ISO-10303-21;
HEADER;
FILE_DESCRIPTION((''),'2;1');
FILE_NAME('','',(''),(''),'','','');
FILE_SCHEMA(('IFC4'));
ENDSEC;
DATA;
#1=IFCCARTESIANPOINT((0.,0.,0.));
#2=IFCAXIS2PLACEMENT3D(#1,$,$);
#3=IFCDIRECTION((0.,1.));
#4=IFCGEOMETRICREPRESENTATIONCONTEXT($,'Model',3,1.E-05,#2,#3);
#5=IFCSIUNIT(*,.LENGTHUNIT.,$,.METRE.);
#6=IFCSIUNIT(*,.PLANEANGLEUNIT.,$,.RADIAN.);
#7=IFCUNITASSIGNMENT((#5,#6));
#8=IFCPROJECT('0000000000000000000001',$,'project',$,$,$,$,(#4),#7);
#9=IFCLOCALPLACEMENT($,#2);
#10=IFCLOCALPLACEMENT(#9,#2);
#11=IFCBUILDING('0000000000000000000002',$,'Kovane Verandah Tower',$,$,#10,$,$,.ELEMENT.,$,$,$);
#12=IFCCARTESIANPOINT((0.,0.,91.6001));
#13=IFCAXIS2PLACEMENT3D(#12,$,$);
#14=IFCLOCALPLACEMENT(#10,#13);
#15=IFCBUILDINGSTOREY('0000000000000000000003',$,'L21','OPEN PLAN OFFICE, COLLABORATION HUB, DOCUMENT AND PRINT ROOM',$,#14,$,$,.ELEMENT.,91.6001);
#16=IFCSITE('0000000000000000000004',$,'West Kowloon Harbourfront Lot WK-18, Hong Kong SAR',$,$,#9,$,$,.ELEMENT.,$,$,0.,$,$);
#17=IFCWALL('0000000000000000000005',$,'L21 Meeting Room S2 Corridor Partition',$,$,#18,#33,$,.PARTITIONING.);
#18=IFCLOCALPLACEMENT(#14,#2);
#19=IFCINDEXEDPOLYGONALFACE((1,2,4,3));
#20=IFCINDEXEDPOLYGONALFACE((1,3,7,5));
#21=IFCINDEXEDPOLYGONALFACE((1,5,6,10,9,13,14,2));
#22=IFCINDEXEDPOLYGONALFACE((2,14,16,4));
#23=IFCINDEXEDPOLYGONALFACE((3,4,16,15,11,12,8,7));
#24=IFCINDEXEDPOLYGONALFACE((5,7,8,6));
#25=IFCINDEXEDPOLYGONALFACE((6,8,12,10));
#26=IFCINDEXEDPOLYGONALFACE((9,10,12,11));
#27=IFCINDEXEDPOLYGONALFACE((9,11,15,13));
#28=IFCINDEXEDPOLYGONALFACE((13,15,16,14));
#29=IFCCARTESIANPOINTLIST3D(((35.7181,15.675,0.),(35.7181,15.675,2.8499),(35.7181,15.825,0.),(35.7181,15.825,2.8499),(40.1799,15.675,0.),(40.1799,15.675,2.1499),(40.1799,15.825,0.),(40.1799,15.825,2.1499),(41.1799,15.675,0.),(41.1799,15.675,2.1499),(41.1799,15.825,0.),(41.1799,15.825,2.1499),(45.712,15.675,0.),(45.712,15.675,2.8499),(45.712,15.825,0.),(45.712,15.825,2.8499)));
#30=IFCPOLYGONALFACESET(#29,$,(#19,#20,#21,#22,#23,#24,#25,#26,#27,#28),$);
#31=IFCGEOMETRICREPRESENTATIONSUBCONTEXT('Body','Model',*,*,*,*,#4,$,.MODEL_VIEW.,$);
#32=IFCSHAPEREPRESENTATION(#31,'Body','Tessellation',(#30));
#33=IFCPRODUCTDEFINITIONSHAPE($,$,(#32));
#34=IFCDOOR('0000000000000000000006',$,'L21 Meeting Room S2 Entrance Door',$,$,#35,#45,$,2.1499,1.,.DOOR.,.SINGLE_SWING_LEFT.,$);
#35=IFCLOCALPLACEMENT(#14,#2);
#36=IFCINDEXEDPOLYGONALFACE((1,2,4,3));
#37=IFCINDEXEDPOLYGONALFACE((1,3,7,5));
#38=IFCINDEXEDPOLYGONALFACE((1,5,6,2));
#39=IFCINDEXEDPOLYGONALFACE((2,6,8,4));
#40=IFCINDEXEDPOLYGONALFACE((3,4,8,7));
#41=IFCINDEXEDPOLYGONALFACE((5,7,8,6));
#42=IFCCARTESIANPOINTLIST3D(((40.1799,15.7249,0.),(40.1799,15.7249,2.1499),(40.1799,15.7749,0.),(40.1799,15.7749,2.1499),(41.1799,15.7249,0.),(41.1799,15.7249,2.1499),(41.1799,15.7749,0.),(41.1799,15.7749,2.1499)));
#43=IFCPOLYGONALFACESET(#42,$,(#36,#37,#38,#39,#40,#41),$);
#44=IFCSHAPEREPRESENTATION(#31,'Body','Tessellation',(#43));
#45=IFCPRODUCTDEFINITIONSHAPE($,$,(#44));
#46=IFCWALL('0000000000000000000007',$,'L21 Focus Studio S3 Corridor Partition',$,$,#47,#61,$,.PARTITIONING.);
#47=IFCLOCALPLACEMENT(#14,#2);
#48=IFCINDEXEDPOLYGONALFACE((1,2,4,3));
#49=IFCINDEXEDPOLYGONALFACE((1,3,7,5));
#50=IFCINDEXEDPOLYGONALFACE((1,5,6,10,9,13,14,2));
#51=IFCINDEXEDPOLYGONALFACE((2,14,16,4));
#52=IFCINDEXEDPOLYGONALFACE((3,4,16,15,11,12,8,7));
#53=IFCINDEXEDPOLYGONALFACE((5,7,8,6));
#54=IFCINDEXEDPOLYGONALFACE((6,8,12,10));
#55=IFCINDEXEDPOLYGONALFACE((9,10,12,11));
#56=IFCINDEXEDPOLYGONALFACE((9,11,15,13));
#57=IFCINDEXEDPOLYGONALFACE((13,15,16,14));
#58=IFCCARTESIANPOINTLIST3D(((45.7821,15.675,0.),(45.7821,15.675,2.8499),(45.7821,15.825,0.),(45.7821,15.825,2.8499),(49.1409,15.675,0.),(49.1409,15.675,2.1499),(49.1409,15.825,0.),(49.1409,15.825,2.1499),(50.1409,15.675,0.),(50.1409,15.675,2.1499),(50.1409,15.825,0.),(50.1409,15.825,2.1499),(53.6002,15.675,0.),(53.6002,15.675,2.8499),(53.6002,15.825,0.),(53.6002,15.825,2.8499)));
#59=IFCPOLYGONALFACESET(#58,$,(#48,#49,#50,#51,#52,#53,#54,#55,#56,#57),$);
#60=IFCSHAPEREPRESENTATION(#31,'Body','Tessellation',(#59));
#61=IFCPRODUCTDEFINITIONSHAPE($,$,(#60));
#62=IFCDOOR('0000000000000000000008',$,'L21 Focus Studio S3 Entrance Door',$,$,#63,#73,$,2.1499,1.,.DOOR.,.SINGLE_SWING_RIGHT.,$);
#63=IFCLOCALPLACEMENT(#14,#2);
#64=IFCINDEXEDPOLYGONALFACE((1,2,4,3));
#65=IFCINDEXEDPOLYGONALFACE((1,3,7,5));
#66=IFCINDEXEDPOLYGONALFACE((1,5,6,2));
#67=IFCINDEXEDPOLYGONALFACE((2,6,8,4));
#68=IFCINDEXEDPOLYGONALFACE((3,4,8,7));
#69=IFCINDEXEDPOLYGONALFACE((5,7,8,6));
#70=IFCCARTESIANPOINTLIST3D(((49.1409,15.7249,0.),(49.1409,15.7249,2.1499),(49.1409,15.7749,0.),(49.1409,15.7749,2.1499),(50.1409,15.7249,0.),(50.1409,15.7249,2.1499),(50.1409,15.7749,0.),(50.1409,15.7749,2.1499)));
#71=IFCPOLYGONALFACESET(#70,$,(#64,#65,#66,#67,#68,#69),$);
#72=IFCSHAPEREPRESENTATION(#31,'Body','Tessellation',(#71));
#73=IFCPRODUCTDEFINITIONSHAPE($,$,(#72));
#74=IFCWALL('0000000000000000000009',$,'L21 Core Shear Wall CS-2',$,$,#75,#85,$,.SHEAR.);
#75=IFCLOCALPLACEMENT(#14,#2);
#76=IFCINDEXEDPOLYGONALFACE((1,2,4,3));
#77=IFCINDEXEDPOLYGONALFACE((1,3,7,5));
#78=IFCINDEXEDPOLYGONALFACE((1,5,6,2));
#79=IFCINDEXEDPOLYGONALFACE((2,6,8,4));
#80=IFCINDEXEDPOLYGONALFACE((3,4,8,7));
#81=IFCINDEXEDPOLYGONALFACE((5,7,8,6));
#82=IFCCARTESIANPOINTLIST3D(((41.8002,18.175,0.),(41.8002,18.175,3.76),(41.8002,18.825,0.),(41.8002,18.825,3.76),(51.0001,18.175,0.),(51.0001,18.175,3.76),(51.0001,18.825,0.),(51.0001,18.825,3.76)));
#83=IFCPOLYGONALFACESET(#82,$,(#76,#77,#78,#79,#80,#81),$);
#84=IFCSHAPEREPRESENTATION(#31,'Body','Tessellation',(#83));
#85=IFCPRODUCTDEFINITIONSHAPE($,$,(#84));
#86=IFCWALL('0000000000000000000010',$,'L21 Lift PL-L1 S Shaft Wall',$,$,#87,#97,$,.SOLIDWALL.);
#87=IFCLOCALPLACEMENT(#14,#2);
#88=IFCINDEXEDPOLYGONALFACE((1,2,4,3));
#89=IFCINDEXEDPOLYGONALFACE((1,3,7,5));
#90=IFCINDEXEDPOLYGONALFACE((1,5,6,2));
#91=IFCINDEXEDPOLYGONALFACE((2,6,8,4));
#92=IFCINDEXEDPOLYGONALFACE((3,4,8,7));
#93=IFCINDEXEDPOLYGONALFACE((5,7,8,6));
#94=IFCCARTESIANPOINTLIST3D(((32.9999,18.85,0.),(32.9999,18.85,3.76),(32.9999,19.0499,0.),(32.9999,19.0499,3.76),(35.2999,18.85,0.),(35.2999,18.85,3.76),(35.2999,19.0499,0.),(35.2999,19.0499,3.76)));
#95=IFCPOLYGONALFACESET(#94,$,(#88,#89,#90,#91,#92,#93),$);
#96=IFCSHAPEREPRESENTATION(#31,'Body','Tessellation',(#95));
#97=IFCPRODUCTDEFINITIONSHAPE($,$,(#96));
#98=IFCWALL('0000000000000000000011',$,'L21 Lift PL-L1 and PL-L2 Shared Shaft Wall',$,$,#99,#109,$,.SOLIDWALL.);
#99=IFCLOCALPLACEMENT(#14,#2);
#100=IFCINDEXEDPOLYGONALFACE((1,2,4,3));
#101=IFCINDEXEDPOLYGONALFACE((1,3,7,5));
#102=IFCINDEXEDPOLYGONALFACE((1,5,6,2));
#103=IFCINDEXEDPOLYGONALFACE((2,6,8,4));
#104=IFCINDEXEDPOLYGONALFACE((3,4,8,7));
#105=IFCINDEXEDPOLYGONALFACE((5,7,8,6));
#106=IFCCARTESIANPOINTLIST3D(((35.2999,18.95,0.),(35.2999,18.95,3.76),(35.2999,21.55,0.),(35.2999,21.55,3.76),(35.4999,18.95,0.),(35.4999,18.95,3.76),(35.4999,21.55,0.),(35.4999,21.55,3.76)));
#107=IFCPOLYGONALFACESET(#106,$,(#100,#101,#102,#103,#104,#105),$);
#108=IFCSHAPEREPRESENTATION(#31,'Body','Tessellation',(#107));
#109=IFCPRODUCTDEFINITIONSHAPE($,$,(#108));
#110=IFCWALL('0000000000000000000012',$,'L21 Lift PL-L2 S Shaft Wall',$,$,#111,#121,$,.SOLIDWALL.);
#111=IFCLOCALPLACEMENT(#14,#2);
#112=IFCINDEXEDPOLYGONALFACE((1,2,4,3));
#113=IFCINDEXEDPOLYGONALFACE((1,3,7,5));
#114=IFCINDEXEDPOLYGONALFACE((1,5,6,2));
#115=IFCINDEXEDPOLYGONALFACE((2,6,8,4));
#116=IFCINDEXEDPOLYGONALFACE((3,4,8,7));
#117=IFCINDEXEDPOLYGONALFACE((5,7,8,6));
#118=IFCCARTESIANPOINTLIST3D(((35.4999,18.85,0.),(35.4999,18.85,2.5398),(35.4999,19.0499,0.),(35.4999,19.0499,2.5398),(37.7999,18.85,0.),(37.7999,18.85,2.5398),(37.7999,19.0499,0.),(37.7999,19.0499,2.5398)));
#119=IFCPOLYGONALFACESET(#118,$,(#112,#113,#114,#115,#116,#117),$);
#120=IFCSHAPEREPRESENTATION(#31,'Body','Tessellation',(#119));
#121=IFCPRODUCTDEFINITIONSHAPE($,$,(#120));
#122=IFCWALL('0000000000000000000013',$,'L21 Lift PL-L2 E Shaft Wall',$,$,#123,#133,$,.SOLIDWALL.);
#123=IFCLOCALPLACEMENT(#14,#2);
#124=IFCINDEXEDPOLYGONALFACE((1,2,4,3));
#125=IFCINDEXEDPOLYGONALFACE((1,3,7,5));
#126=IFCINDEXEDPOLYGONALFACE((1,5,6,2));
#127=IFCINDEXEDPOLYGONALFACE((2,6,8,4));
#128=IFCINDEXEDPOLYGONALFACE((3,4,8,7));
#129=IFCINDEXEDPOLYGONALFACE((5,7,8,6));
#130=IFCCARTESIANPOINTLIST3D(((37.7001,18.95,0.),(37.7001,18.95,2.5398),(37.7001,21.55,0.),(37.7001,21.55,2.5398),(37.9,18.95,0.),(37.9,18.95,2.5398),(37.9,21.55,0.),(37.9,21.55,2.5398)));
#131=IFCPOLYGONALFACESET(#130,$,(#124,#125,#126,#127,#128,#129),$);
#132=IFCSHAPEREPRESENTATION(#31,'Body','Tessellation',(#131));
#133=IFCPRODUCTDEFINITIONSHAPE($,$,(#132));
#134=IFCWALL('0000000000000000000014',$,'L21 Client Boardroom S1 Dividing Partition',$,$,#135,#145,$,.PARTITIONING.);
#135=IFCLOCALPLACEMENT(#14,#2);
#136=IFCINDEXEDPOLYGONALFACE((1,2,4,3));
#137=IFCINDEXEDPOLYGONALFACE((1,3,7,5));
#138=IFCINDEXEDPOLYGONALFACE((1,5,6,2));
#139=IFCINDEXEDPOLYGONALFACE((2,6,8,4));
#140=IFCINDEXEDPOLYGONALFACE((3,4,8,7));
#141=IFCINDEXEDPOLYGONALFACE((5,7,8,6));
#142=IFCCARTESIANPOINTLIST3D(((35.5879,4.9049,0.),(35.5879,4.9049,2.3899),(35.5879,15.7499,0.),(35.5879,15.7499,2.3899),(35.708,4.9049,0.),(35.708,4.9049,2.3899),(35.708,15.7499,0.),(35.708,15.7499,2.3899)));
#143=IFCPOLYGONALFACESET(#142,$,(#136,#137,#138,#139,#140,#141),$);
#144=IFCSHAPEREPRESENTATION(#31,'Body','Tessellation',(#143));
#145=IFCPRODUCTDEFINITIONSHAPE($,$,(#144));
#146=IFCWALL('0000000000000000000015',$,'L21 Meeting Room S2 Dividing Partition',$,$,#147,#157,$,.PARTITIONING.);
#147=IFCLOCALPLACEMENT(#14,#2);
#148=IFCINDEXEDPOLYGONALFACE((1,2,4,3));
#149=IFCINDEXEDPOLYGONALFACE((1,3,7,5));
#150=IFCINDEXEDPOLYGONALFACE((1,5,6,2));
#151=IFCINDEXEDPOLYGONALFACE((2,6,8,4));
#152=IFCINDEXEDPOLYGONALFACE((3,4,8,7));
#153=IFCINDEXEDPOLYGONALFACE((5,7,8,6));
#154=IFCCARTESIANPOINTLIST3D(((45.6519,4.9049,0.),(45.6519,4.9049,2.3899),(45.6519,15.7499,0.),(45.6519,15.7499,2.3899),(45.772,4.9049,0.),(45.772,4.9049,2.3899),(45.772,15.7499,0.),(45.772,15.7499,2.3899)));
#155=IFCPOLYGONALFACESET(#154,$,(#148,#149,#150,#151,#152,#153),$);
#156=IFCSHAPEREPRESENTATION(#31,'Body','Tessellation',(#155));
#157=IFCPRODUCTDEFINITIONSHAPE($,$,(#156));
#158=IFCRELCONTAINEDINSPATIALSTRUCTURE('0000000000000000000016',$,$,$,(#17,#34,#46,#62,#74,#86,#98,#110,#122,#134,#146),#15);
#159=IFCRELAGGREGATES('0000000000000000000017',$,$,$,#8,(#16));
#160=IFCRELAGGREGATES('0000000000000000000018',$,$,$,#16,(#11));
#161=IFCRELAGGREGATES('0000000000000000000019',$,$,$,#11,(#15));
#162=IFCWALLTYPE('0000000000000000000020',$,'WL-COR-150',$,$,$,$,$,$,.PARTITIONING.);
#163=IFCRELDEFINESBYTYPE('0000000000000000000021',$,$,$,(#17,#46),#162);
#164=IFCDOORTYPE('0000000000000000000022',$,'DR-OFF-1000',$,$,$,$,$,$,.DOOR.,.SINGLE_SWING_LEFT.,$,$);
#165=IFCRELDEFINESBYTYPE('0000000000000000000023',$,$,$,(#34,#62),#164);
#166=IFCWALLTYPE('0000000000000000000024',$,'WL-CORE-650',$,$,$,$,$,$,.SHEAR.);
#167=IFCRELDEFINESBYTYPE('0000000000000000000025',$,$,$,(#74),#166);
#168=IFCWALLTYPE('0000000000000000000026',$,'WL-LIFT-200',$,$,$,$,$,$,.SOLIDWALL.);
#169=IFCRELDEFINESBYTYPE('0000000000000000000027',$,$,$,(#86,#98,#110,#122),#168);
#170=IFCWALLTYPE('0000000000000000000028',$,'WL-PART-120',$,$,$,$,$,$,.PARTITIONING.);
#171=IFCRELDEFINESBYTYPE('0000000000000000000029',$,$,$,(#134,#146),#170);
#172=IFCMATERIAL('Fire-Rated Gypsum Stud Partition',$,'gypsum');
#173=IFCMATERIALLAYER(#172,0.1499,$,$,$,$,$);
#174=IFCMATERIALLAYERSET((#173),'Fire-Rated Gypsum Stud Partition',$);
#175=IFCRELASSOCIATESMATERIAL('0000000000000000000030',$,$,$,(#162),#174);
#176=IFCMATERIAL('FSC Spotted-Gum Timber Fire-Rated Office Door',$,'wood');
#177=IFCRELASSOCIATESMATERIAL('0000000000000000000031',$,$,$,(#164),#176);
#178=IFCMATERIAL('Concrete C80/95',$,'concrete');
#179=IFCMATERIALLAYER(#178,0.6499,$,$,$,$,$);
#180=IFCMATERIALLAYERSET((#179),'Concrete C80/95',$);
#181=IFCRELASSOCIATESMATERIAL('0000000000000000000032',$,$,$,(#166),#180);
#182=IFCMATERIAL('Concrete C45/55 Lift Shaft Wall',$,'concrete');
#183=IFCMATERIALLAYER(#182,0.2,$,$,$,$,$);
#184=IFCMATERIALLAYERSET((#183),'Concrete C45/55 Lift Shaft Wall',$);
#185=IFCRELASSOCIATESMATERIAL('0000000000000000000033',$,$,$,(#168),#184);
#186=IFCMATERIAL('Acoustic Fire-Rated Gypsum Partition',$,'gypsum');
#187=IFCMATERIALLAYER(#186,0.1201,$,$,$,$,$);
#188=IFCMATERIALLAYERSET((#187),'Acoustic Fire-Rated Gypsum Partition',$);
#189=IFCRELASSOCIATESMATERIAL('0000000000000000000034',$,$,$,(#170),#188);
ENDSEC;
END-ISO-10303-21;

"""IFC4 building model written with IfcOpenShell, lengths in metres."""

from ifc_helpers import new_model, si_unit, direction, frame, frame_2d, origin, place, context, subcontext, project, spatial, rectangle, extrude, material, layer, layer_set, type_object, element, fill, save


model = new_model("IFC4")

# Units and contexts
model_context = context("Model", 3, precision=1e-05, world=origin(), true_north=direction((0.0, 1.0)))
body_context = subcontext(model_context, "Body", "Model", "MODEL_VIEW")
ifc_project = project(units=[si_unit("LENGTHUNIT", "METRE"), si_unit("PLANEANGLEUNIT", "RADIAN")], contexts=[model_context])

# Site, building, storey
site_placement = place(None, origin())
site = spatial("IfcSite", under=ifc_project, at=site_placement, Name="West Kowloon Harbourfront Lot WK-18, Hong Kong SAR", CompositionType="ELEMENT", RefElevation=0.0)
building_placement = place(site_placement, origin())
building = spatial("IfcBuilding", under=site, at=building_placement, Name="Kovane Verandah Tower", CompositionType="ELEMENT")
storey_placement = place(building_placement, frame((0.0, 0.0, 91.6001)))
storey = spatial("IfcBuildingStorey", under=building, at=storey_placement, Name="L21", Description="OPEN PLAN OFFICE, COLLABORATION HUB, DOCUMENT AND PRINT ROOM", CompositionType="ELEMENT", Elevation=91.6001)

# Shared definitions
ifc_material_1 = material(Name="Concrete C80/95", Category="concrete")

# Shared definitions
ifc_material_2 = material(Name="Fire-Rated Gypsum Stud Partition", Category="gypsum")
ifc_layer_1 = layer(ifc_material_2, 0.1499)
ifc_layer_set_1 = layer_set([ifc_layer_1], Name="Fire-Rated Gypsum Stud Partition")
wall_type_1 = type_object("IfcWallType", Name="WL-COR-150", PredefinedType="PARTITIONING", material=ifc_layer_set_1)

# Walls, openings, doors
ifc_material_3 = material(Name="FSC Spotted-Gum Timber Fire-Rated Office Door", Category="wood")
door_type_1 = type_object("IfcDoorType", Name="DR-OFF-1000", OperationType="SINGLE_SWING_LEFT", PredefinedType="DOOR", material=ifc_material_3)
wall_1_placement = place(storey_placement, frame((35.718, 15.75, 0.0), z_axis=(0.0, 0.0, 1.0), x_axis=(1.0, 0.0, 0.0)))
wall_1 = element("IfcWall", 1, at=wall_1_placement, inside=storey, type_object=wall_type_1, Name="L21 Meeting Room S2 Corridor Partition", PredefinedType="PARTITIONING", context=body_context, shape_type="SweptSolid", body=[
    extrude(rectangle(XDim=9.9939, YDim=0.1499, at=frame_2d((4.9971, 0.0))), origin(), (0.0, 0.0, 1.0), 2.8499),
])
opening_1_placement = place(wall_1_placement, frame((4.4619, 0.0, 0.0)))
opening_1 = element("IfcOpeningElement", 2, at=opening_1_placement, cuts=wall_1, PredefinedType="OPENING", context=body_context, shape_type="SweptSolid", body=[
    extrude(rectangle(XDim=1.0, YDim=2.1499, at=frame_2d((0.5, 1.075))), frame((0.0, 0.075, 0.0), z_axis=(0.0, -1.0, 0.0), x_axis=(1.0, 0.0, 0.0)), (0.0, 0.0, 1.0), 0.1499),
])
door_1_placement = place(opening_1_placement, origin())
door_1 = element("IfcDoor", 3, at=door_1_placement, inside=storey, type_object=door_type_1, Name="L21 Meeting Room S2 Entrance Door", OperationType="SINGLE_SWING_LEFT", OverallHeight=2.1499, OverallWidth=1.0, PredefinedType="DOOR", context=body_context, shape_type="SweptSolid", body=[
    extrude(rectangle(XDim=1.0, YDim=2.1499, at=frame_2d((0.5, 1.075))), frame((0.0, 0.0249, 0.0), z_axis=(0.0, -1.0, 0.0), x_axis=(1.0, 0.0, 0.0)), (0.0, 0.0, 1.0), 0.05),
])
fill(opening_1, door_1)
wall_2_placement = place(storey_placement, frame((45.782, 15.75, 0.0), z_axis=(0.0, 0.0, 1.0), x_axis=(1.0, 0.0, 0.0)))
wall_2 = element("IfcWall", 4, at=wall_2_placement, inside=storey, type_object=wall_type_1, Name="L21 Focus Studio S3 Corridor Partition", PredefinedType="PARTITIONING", context=body_context, shape_type="SweptSolid", body=[
    extrude(rectangle(XDim=7.8181, YDim=0.1499, at=frame_2d((3.9092, 0.0))), origin(), (0.0, 0.0, 1.0), 2.8499),
])
opening_2_placement = place(wall_2_placement, frame((3.3589, 0.0, 0.0)))
opening_2 = element("IfcOpeningElement", 5, at=opening_2_placement, cuts=wall_2, PredefinedType="OPENING", context=body_context, shape_type="SweptSolid", body=[
    extrude(rectangle(XDim=1.0, YDim=2.1499, at=frame_2d((0.5, 1.075))), frame((0.0, 0.075, 0.0), z_axis=(0.0, -1.0, 0.0), x_axis=(1.0, 0.0, 0.0)), (0.0, 0.0, 1.0), 0.1499),
])
door_2_placement = place(opening_2_placement, origin())
door_2 = element("IfcDoor", 6, at=door_2_placement, inside=storey, type_object=door_type_1, Name="L21 Focus Studio S3 Entrance Door", OperationType="SINGLE_SWING_RIGHT", OverallHeight=2.1499, OverallWidth=1.0, PredefinedType="DOOR", context=body_context, shape_type="SweptSolid", body=[
    extrude(rectangle(XDim=1.0, YDim=2.1499, at=frame_2d((0.5, 1.075))), frame((0.0, 0.0249, 0.0), z_axis=(0.0, -1.0, 0.0), x_axis=(1.0, 0.0, 0.0)), (0.0, 0.0, 1.0), 0.05),
])
fill(opening_2, door_2)

# Walls
ifc_layer_2 = layer(ifc_material_1, 0.6499)
ifc_layer_set_2 = layer_set([ifc_layer_2], Name="Concrete C80/95")
wall_type_2 = type_object("IfcWallType", Name="WL-CORE-650", PredefinedType="SHEAR", material=ifc_layer_set_2)
wall_3_placement = place(storey_placement, frame((41.8, 18.5, 0.0), z_axis=(0.0, 0.0, 1.0), x_axis=(1.0, 0.0, 0.0)))
element("IfcWall", 7, at=wall_3_placement, inside=storey, type_object=wall_type_2, Name="L21 Core Shear Wall CS-2", PredefinedType="SHEAR", context=body_context, shape_type="SweptSolid", body=[
    extrude(rectangle(XDim=9.2, YDim=0.6499, at=frame_2d((4.6001, 0.0))), origin(), (0.0, 0.0, 1.0), 3.76),
])
ifc_material_4 = material(Name="Concrete C45/55 Lift Shaft Wall", Category="concrete")
ifc_layer_3 = layer(ifc_material_4, 0.2)
ifc_layer_set_3 = layer_set([ifc_layer_3], Name="Concrete C45/55 Lift Shaft Wall")
wall_type_3 = type_object("IfcWallType", Name="WL-LIFT-200", PredefinedType="SOLIDWALL", material=ifc_layer_set_3)
wall_4_placement = place(storey_placement, frame((33.0, 18.95, 0.0), z_axis=(0.0, 0.0, 1.0), x_axis=(1.0, 0.0, 0.0)))
element("IfcWall", 8, at=wall_4_placement, inside=storey, type_object=wall_type_3, Name="L21 Lift PL-L1 S Shaft Wall", PredefinedType="SOLIDWALL", context=body_context, shape_type="SweptSolid", body=[
    extrude(rectangle(XDim=2.3, YDim=0.2, at=frame_2d((1.1499, 0.0))), origin(), (0.0, 0.0, 1.0), 3.76),
])

# Walls
wall_5_placement = place(storey_placement, frame((35.3999, 18.95, 0.0), z_axis=(0.0, 0.0, 1.0), x_axis=(0.0, 1.0, 0.0)))
element("IfcWall", 9, at=wall_5_placement, inside=storey, type_object=wall_type_3, Name="L21 Lift PL-L1 and PL-L2 Shared Shaft Wall", PredefinedType="SOLIDWALL", context=body_context, shape_type="SweptSolid", body=[
    extrude(rectangle(XDim=2.6001, YDim=0.2, at=frame_2d((1.3, 0.0))), origin(), (0.0, 0.0, 1.0), 3.76),
])
wall_6_placement = place(storey_placement, frame((35.5, 18.95, 0.0), z_axis=(0.0, 0.0, 1.0), x_axis=(1.0, 0.0, 0.0)))
element("IfcWall", 10, at=wall_6_placement, inside=storey, type_object=wall_type_3, Name="L21 Lift PL-L2 S Shaft Wall", PredefinedType="SOLIDWALL", context=body_context, shape_type="SweptSolid", body=[
    extrude(rectangle(XDim=2.3, YDim=0.2, at=frame_2d((1.1499, 0.0))), origin(), (0.0, 0.0, 1.0), 2.5398),
])

# Walls
wall_7_placement = place(storey_placement, frame((37.8, 18.95, 0.0), z_axis=(0.0, 0.0, 1.0), x_axis=(0.0, 1.0, 0.0)))
element("IfcWall", 11, at=wall_7_placement, inside=storey, type_object=wall_type_3, Name="L21 Lift PL-L2 E Shaft Wall", PredefinedType="SOLIDWALL", context=body_context, shape_type="SweptSolid", body=[
    extrude(rectangle(XDim=2.6001, YDim=0.2, at=frame_2d((1.3, 0.0))), origin(), (0.0, 0.0, 1.0), 2.5398),
])
ifc_material_5 = material(Name="Acoustic Fire-Rated Gypsum Partition", Category="gypsum")
ifc_layer_4 = layer(ifc_material_5, 0.1201)
ifc_layer_set_4 = layer_set([ifc_layer_4], Name="Acoustic Fire-Rated Gypsum Partition")
wall_type_4 = type_object("IfcWallType", Name="WL-PART-120", PredefinedType="PARTITIONING", material=ifc_layer_set_4)
for number, where, z_axis, x_axis, name in (
    (12, (35.6479, 4.905, 0.0), (0.0, 0.0, 1.0), (0.0, 1.0, 0.0), "L21 Client Boardroom S1 Dividing Partition"),
    (13, (45.7119, 4.905, 0.0), (0.0, 0.0, 1.0), (0.0, 1.0, 0.0), "L21 Meeting Room S2 Dividing Partition"),
):
    element("IfcWall", number, at=place(storey_placement, frame(where, z_axis=z_axis, x_axis=x_axis)), inside=storey, type_object=wall_type_4, Name=name, PredefinedType="PARTITIONING", context=body_context, shape_type="SweptSolid", body=[
        extrude(rectangle(XDim=10.845, YDim=0.1201, at=frame_2d((5.4224, 0.0))), origin(), (0.0, 0.0, 1.0), 2.3899),
    ])

save(model, "model.ifc")
